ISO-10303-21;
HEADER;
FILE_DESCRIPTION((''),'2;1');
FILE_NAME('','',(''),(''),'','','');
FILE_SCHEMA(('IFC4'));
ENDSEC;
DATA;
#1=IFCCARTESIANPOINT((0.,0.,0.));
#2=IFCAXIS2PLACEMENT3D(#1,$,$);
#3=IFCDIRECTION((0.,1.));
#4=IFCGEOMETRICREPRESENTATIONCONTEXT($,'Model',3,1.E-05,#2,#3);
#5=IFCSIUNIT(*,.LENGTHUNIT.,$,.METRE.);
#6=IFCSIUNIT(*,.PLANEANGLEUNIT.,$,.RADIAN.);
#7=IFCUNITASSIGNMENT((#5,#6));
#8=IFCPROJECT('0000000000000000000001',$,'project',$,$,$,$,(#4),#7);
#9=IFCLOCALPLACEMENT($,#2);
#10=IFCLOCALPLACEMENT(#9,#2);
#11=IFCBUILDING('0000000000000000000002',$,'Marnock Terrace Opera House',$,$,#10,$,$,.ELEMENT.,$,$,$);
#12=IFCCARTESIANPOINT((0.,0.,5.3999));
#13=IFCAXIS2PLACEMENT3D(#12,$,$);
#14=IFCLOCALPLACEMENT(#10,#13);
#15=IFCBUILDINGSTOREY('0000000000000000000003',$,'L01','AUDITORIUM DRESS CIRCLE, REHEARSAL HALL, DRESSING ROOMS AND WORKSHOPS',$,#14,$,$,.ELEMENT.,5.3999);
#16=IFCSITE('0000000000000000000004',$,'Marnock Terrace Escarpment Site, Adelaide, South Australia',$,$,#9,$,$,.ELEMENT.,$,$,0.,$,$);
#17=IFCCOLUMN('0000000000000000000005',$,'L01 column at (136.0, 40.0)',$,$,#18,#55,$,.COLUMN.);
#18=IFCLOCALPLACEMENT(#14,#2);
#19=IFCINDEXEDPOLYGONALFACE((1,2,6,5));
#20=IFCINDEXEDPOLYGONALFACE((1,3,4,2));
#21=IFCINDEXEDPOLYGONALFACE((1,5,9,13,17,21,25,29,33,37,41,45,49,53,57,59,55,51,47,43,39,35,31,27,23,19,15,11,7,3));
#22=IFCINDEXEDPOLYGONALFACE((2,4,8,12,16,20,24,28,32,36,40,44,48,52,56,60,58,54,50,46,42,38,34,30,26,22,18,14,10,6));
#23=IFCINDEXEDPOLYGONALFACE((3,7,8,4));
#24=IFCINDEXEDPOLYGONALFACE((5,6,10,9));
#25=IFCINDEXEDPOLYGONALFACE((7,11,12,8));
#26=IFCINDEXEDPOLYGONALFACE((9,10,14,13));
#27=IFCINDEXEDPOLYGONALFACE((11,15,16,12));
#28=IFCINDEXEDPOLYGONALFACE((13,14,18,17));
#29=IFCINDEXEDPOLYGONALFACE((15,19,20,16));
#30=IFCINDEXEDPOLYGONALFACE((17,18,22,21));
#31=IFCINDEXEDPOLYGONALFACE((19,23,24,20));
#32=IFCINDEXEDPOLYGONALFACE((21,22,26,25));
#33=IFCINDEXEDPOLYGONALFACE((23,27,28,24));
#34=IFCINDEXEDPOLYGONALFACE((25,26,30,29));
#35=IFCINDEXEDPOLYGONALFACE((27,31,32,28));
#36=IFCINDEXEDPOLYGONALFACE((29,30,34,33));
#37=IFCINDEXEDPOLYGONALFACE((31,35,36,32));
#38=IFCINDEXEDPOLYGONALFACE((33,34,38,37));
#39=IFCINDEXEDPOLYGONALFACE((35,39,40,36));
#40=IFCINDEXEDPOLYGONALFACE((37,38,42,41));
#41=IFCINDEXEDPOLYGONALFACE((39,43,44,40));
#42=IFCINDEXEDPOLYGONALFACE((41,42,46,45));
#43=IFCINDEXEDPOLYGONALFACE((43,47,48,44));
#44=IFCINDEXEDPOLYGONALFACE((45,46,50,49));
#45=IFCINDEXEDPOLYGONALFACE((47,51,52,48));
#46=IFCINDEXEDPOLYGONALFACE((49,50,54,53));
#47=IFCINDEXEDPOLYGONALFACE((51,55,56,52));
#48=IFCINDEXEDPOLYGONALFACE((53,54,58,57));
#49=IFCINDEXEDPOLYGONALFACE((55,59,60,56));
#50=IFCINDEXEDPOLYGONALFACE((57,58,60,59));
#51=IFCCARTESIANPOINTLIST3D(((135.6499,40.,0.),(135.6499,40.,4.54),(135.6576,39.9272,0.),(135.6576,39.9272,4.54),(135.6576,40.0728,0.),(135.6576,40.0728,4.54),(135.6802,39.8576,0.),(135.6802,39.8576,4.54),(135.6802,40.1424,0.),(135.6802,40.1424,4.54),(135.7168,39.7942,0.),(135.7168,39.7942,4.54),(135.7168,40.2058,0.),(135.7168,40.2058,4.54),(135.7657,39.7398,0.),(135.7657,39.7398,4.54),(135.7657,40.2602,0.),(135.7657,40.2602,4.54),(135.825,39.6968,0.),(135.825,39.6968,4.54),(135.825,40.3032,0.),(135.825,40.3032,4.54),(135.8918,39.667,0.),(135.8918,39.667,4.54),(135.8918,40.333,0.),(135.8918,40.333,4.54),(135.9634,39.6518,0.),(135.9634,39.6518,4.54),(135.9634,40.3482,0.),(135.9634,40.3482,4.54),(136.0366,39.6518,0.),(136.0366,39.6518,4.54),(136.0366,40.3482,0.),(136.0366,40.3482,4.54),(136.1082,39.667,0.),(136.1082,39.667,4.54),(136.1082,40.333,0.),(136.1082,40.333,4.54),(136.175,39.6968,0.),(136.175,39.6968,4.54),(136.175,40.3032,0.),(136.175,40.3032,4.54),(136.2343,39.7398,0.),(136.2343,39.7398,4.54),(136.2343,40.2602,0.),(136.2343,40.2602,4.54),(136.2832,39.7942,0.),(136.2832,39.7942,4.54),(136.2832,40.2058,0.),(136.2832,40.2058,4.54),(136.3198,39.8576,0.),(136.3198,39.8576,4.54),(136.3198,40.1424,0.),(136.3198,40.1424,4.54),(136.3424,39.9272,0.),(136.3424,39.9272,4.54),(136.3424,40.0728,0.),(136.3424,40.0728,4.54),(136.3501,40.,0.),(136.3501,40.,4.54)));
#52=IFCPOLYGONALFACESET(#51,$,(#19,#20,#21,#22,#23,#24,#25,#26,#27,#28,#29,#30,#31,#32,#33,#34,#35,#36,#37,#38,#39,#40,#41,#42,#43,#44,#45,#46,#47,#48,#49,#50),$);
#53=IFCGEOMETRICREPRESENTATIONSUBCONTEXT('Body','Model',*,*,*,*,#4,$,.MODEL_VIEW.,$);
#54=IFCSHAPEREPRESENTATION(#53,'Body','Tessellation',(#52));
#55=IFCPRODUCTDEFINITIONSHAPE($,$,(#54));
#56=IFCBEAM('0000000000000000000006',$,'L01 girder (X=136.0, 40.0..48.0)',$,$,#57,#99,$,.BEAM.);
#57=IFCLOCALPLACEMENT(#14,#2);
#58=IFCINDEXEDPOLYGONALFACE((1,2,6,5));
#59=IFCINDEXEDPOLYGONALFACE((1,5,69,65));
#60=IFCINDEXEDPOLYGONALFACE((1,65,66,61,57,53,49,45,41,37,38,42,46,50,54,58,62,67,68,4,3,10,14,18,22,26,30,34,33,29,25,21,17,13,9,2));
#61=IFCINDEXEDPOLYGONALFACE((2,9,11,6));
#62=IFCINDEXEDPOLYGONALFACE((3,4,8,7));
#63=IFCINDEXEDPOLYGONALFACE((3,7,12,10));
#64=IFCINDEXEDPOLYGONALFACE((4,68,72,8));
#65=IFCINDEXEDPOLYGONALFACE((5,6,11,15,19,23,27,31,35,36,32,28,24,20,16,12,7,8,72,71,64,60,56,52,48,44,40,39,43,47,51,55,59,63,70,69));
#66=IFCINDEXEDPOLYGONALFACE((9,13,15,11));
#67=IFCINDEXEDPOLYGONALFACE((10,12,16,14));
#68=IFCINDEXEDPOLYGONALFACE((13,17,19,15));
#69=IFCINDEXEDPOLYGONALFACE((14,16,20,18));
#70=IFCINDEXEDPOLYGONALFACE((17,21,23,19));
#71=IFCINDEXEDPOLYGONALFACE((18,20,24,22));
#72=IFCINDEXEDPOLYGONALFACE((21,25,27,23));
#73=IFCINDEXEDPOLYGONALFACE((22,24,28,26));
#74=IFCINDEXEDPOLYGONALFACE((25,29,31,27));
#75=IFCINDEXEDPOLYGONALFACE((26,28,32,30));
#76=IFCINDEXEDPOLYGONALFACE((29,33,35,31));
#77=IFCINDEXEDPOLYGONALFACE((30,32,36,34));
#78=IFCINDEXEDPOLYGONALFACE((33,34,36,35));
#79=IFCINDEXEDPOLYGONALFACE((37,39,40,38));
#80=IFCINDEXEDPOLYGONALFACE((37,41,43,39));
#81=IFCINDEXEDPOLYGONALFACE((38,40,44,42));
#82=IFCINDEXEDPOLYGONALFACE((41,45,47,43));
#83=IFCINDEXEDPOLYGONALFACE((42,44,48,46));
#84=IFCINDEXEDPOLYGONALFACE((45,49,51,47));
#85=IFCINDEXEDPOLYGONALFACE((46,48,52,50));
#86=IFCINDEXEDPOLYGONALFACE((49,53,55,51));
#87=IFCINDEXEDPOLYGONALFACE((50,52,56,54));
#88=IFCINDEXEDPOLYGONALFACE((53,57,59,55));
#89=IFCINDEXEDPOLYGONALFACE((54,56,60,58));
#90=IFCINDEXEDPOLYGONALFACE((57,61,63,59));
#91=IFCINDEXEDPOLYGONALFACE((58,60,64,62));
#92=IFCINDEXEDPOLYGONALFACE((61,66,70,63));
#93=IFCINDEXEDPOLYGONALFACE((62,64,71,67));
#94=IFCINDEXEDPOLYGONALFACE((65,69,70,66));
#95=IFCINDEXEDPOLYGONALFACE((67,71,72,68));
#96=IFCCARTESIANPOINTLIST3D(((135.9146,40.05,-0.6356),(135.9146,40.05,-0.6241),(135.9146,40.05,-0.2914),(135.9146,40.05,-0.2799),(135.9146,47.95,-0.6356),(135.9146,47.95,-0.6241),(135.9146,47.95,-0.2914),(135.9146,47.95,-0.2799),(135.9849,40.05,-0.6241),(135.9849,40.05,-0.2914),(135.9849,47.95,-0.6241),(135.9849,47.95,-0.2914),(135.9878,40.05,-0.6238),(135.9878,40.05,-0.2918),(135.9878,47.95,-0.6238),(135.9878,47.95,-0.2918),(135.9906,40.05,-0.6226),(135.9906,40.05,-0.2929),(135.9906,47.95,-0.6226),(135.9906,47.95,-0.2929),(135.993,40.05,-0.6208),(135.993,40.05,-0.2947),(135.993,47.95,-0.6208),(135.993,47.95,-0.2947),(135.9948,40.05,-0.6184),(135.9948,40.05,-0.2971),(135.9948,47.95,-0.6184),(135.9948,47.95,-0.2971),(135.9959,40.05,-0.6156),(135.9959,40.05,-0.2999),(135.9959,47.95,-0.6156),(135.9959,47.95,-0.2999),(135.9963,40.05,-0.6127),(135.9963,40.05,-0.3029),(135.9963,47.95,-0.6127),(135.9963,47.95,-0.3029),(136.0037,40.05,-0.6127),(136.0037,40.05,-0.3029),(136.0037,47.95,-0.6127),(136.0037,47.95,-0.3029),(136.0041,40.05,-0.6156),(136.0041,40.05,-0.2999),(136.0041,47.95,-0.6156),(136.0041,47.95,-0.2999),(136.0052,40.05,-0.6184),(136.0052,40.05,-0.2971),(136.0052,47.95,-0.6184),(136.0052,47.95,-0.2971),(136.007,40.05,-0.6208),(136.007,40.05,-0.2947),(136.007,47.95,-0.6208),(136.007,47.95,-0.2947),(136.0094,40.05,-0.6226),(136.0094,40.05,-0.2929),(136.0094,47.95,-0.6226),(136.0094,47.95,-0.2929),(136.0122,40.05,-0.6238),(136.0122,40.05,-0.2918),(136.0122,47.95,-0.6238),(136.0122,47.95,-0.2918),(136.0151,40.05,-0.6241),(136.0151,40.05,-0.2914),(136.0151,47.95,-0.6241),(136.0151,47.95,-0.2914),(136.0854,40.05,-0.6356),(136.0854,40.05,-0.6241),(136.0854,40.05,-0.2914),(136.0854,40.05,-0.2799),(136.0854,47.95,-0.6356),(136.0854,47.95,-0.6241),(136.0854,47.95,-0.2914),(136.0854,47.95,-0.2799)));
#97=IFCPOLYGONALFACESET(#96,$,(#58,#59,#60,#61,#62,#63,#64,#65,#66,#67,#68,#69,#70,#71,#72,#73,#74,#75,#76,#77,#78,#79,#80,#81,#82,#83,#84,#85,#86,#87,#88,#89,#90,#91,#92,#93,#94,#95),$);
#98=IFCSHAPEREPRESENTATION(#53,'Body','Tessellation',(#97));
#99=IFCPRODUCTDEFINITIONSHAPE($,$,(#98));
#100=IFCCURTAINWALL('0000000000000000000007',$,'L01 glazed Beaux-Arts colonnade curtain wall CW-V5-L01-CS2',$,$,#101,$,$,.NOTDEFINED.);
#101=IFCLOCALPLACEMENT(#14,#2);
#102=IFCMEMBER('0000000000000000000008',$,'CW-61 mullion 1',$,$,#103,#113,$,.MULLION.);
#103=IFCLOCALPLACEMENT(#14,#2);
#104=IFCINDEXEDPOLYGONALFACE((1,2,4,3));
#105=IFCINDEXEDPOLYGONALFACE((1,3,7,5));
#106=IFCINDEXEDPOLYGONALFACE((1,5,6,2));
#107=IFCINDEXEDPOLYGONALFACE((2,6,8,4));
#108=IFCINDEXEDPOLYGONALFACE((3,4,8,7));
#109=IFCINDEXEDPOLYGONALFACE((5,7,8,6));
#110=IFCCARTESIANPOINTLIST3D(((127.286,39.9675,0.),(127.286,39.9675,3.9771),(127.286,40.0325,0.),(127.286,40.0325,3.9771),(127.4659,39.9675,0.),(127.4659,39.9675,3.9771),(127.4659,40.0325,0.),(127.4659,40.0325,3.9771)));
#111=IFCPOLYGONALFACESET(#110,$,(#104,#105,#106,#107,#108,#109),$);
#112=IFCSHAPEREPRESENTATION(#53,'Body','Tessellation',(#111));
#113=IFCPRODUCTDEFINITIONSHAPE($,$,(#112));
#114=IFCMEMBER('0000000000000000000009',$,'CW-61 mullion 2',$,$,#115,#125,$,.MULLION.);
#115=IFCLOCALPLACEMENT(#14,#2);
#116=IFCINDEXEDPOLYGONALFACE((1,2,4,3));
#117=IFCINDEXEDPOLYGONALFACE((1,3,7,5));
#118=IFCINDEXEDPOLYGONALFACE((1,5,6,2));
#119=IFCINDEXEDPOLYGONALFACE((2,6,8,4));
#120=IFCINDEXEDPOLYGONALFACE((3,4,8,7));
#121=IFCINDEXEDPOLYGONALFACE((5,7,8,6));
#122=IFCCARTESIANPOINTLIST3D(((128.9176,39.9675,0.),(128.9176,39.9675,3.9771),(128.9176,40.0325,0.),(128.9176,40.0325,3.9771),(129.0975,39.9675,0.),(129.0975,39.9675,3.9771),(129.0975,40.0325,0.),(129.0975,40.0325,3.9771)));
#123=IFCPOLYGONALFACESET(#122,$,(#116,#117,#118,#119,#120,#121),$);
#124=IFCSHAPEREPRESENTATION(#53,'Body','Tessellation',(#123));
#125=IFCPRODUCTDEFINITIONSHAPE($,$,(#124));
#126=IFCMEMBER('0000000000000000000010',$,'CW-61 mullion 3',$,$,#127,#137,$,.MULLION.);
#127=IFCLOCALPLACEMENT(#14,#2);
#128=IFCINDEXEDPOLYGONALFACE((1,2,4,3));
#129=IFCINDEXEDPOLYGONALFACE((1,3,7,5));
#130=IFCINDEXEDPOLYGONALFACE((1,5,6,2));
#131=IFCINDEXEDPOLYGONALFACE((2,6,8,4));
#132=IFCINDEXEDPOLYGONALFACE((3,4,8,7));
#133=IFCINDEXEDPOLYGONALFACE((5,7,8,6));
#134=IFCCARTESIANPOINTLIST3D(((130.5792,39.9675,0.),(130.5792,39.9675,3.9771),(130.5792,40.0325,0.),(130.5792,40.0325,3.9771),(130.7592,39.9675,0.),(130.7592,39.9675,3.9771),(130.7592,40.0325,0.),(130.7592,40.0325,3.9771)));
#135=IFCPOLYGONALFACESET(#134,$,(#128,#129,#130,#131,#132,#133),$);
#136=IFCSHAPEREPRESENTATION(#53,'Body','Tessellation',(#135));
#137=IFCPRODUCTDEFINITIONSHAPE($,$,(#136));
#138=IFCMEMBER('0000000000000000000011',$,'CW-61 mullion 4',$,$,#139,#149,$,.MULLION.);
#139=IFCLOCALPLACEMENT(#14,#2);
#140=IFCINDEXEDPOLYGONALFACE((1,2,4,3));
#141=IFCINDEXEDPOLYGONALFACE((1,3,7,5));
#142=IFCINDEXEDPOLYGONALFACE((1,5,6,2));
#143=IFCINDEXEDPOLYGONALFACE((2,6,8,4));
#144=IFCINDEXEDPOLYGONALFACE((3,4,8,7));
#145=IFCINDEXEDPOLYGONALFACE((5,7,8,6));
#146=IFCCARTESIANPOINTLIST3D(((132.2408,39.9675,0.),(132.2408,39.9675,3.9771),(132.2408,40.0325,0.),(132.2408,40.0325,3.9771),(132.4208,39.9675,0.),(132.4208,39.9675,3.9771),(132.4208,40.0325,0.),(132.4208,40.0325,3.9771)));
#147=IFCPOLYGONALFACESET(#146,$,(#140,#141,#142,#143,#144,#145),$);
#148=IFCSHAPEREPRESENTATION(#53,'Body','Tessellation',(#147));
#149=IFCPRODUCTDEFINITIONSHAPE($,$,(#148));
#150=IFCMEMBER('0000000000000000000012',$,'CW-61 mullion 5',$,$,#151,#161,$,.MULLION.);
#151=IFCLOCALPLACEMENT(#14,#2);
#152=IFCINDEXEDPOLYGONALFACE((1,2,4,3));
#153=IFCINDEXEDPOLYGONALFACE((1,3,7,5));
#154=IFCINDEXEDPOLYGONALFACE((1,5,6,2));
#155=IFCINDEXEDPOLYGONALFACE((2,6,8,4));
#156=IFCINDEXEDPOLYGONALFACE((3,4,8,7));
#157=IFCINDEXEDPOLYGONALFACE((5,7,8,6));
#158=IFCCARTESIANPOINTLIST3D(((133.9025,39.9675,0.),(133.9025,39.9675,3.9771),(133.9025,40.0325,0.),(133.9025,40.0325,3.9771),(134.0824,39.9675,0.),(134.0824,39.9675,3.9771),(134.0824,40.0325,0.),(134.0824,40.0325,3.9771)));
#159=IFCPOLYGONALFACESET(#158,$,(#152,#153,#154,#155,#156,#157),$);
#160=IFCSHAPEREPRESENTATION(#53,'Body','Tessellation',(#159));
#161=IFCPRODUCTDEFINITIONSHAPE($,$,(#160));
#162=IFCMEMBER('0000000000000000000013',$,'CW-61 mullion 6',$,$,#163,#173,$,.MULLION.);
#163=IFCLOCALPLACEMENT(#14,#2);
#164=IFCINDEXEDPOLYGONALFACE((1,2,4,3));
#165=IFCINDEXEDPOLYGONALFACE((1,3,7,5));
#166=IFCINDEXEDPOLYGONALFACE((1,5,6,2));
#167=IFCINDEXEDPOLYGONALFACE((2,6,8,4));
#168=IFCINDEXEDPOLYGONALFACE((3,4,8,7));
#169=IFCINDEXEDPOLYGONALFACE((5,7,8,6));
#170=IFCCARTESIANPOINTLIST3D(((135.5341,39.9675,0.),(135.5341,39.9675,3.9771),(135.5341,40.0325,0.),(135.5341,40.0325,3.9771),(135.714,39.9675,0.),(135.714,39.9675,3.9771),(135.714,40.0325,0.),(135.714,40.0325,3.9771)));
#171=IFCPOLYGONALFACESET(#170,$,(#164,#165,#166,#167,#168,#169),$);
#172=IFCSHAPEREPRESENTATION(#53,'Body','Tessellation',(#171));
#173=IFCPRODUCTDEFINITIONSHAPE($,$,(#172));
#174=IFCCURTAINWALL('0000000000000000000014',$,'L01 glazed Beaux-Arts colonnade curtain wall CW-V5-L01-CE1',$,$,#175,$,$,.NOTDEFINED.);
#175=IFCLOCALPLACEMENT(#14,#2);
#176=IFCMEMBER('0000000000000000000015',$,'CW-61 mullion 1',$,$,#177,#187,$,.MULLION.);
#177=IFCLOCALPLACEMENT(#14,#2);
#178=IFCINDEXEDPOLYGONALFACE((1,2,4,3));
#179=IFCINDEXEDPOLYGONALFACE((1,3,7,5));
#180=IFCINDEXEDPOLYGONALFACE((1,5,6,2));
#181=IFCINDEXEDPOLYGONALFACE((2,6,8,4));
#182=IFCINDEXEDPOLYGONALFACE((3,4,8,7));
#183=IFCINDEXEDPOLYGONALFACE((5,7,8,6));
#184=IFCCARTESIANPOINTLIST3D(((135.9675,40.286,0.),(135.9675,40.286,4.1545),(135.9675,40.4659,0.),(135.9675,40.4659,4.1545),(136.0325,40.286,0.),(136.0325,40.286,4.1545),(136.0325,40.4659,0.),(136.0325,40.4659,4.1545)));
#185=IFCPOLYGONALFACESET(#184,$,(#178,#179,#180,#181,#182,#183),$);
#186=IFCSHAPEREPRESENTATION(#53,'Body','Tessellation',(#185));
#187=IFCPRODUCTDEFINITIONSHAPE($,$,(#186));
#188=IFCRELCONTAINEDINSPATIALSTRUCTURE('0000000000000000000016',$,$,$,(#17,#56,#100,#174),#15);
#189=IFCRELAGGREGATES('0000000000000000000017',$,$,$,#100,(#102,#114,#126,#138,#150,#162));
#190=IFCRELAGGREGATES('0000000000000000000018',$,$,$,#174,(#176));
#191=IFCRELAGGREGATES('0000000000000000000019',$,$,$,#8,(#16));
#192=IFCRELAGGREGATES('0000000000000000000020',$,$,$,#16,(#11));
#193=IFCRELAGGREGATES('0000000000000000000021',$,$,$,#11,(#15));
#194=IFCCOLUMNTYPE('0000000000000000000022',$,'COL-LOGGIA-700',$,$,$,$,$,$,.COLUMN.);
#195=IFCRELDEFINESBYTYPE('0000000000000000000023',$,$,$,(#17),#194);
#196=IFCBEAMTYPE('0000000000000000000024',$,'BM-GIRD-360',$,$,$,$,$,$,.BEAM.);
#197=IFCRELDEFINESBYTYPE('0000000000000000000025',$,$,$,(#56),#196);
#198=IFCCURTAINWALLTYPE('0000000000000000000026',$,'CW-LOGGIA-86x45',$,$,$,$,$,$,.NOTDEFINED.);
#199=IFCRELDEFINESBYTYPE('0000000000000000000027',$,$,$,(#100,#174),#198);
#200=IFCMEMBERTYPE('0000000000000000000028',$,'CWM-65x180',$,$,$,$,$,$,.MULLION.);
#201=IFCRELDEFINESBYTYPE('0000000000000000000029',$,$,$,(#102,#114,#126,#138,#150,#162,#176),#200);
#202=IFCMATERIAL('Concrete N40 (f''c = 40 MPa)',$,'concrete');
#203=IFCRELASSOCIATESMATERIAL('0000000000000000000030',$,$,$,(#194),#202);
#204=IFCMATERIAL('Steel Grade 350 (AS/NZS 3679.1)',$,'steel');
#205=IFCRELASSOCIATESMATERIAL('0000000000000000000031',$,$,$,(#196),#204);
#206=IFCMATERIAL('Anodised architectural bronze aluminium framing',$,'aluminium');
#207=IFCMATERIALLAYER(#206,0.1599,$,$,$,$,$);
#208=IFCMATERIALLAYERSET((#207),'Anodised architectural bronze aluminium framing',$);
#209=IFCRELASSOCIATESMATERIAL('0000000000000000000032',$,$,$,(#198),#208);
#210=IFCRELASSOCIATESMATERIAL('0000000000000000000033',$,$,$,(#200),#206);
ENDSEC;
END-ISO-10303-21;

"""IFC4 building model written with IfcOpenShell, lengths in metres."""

from ifc_helpers import new_model, si_unit, direction, frame, origin, origin_2d, place, context, subcontext, project, spatial, rectangle, circle, i_section, extrude, material, layer, layer_set, material_profile, profile_set, type_object, element, aggregate, save


model = new_model("IFC4")

# Units and contexts
model_context = context("Model", 3, precision=1e-05, world=origin(), true_north=direction((0.0, 1.0)))
body_context = subcontext(model_context, "Body", "Model", "MODEL_VIEW")
ifc_project = project(units=[si_unit("LENGTHUNIT", "METRE"), si_unit("PLANEANGLEUNIT", "RADIAN")], contexts=[model_context])

# Site, building, storey
site_placement = place(None, origin())
site = spatial("IfcSite", under=ifc_project, at=site_placement, Name="Marnock Terrace Escarpment Site, Adelaide, South Australia", CompositionType="ELEMENT", RefElevation=0.0)
building_placement = place(site_placement, origin())
building = spatial("IfcBuilding", under=site, at=building_placement, Name="Marnock Terrace Opera House", CompositionType="ELEMENT")
storey_placement = place(building_placement, frame((0.0, 0.0, 5.3999)))
storey = spatial("IfcBuildingStorey", under=building, at=storey_placement, Name="L01", Description="AUDITORIUM DRESS CIRCLE, REHEARSAL HALL, DRESSING ROOMS AND WORKSHOPS", CompositionType="ELEMENT", Elevation=5.3999)

# Column
ifc_material_1 = material(Name="Concrete N40 (f'c = 40 MPa)", Category="concrete")
ifc_material_profile_1 = material_profile(ifc_material_1, circle(Radius=0.3501, at=origin_2d()))
ifc_profile_set_1 = profile_set([ifc_material_profile_1], Name="Concrete N40 (f'c = 40 MPa)")
column_type = type_object("IfcColumnType", Name="COL-LOGGIA-700", PredefinedType="COLUMN", material=ifc_profile_set_1)
column_placement = place(storey_placement, frame((136.0, 40.0, 0.0), z_axis=(0.0, 0.0, 1.0), x_axis=(1.0, 0.0, 0.0)))
element("IfcColumn", 1, at=column_placement, inside=storey, type_object=column_type, Name="L01 column at (136.0, 40.0)", PredefinedType="COLUMN", context=body_context, shape_type="SweptSolid", body=[
    extrude(circle(Radius=0.3501, at=origin_2d()), origin(), (0.0, 0.0, 1.0), 4.54),
])

# Beam
ifc_material_2 = material(Name="Steel Grade 350 (AS/NZS 3679.1)", Category="steel")
ifc_material_profile_2 = material_profile(ifc_material_2, i_section(OverallWidth=0.1709, OverallDepth=0.3557, WebThickness=0.0073, FlangeThickness=0.0115, FilletRadius=0.0115, at=origin_2d()))
ifc_profile_set_2 = profile_set([ifc_material_profile_2], Name="Steel Grade 350 (AS/NZS 3679.1)")
beam_type = type_object("IfcBeamType", Name="BM-GIRD-360", PredefinedType="BEAM", material=ifc_profile_set_2)
beam_placement = place(storey_placement, frame((136.0, 40.05, -0.4578), z_axis=(0.0, 1.0, 0.0), x_axis=(-1.0, 0.0, 0.0)))
element("IfcBeam", 2, at=beam_placement, inside=storey, type_object=beam_type, Name="L01 girder (X=136.0, 40.0..48.0)", PredefinedType="BEAM", context=body_context, shape_type="SweptSolid", body=[
    extrude(i_section(OverallWidth=0.1709, OverallDepth=0.3557, WebThickness=0.0073, FlangeThickness=0.0115, FilletRadius=0.0115, at=origin_2d()), origin(), (0.0, 0.0, 1.0), 7.8999),
])

# Curtain wall, members
ifc_material_3 = material(Name="Anodised architectural bronze aluminium framing", Category="aluminium")
ifc_layer_1 = layer(ifc_material_3, 0.1599)
ifc_layer_set_1 = layer_set([ifc_layer_1], Name="Anodised architectural bronze aluminium framing")
curtain_wall_type = type_object("IfcCurtainWallType", Name="CW-LOGGIA-86x45", PredefinedType="NOTDEFINED", material=ifc_layer_set_1)
curtain_wall_1_placement = place(storey_placement, origin())
curtain_wall_1 = element("IfcCurtainWall", 3, at=curtain_wall_1_placement, inside=storey, type_object=curtain_wall_type, Name="L01 glazed Beaux-Arts colonnade curtain wall CW-V5-L01-CS2", PredefinedType="NOTDEFINED")
ifc_material_profile_3 = material_profile(ifc_material_3, rectangle(XDim=0.0649, YDim=0.1799, at=origin_2d()))
ifc_profile_set_3 = profile_set([ifc_material_profile_3], Name="Anodised architectural bronze aluminium framing")
member_type_1 = type_object("IfcMemberType", Name="CWM-65x180", PredefinedType="MULLION", material=ifc_profile_set_3)
member_1_placement = place(storey_placement, frame((127.376, 40.0, 0.0), z_axis=(0.0, 0.0, 1.0), x_axis=(0.0, 1.0, 0.0)))
member_1 = element("IfcMember", 4, at=member_1_placement, type_object=member_type_1, Name="CW-61 mullion 1", PredefinedType="MULLION", context=body_context, shape_type="SweptSolid", body=[
    extrude(rectangle(XDim=0.0649, YDim=0.1799, at=origin_2d()), origin(), (0.0, 0.0, 1.0), 3.9771),
])
member_2_placement = place(storey_placement, frame((129.0076, 40.0, 0.0), z_axis=(0.0, 0.0, 1.0), x_axis=(0.0, 1.0, 0.0)))
member_2 = element("IfcMember", 5, at=member_2_placement, type_object=member_type_1, Name="CW-61 mullion 2", PredefinedType="MULLION", context=body_context, shape_type="SweptSolid", body=[
    extrude(rectangle(XDim=0.0649, YDim=0.1799, at=origin_2d()), origin(), (0.0, 0.0, 1.0), 3.9771),
])
member_3_placement = place(storey_placement, frame((130.6692, 40.0, 0.0), z_axis=(0.0, 0.0, 1.0), x_axis=(0.0, 1.0, 0.0)))
member_3 = element("IfcMember", 6, at=member_3_placement, type_object=member_type_1, Name="CW-61 mullion 3", PredefinedType="MULLION", context=body_context, shape_type="SweptSolid", body=[
    extrude(rectangle(XDim=0.0649, YDim=0.1799, at=origin_2d()), origin(), (0.0, 0.0, 1.0), 3.9771),
])
member_4_placement = place(storey_placement, frame((132.3308, 40.0, 0.0), z_axis=(0.0, 0.0, 1.0), x_axis=(0.0, 1.0, 0.0)))
member_4 = element("IfcMember", 7, at=member_4_placement, type_object=member_type_1, Name="CW-61 mullion 4", PredefinedType="MULLION", context=body_context, shape_type="SweptSolid", body=[
    extrude(rectangle(XDim=0.0649, YDim=0.1799, at=origin_2d()), origin(), (0.0, 0.0, 1.0), 3.9771),
])
member_5_placement = place(storey_placement, frame((133.9924, 40.0, 0.0), z_axis=(0.0, 0.0, 1.0), x_axis=(0.0, 1.0, 0.0)))
member_5 = element("IfcMember", 8, at=member_5_placement, type_object=member_type_1, Name="CW-61 mullion 5", PredefinedType="MULLION", context=body_context, shape_type="SweptSolid", body=[
    extrude(rectangle(XDim=0.0649, YDim=0.1799, at=origin_2d()), origin(), (0.0, 0.0, 1.0), 3.9771),
])
member_6_placement = place(storey_placement, frame((135.624, 40.0, 0.0), z_axis=(0.0, 0.0, 1.0), x_axis=(0.0, 1.0, 0.0)))
member_6 = element("IfcMember", 9, at=member_6_placement, type_object=member_type_1, Name="CW-61 mullion 6", PredefinedType="MULLION", context=body_context, shape_type="SweptSolid", body=[
    extrude(rectangle(XDim=0.0649, YDim=0.1799, at=origin_2d()), origin(), (0.0, 0.0, 1.0), 3.9771),
])

# Curtain wall, member
curtain_wall_2_placement = place(storey_placement, origin())
curtain_wall_2 = element("IfcCurtainWall", 10, at=curtain_wall_2_placement, inside=storey, type_object=curtain_wall_type, Name="L01 glazed Beaux-Arts colonnade curtain wall CW-V5-L01-CE1", PredefinedType="NOTDEFINED")
member_7_placement = place(storey_placement, frame((136.0, 40.376, 0.0), z_axis=(0.0, 0.0, 1.0), x_axis=(-1.0, 0.0, 0.0)))
member_7 = element("IfcMember", 11, at=member_7_placement, type_object=member_type_1, Name="CW-61 mullion 1", PredefinedType="MULLION", context=body_context, shape_type="SweptSolid", body=[
    extrude(rectangle(XDim=0.0649, YDim=0.1799, at=origin_2d()), origin(), (0.0, 0.0, 1.0), 4.1545),
])

aggregate(curtain_wall_1, [member_1, member_2, member_3, member_4, member_5, member_6])
aggregate(curtain_wall_2, [member_7])

save(model, "model.ifc")
